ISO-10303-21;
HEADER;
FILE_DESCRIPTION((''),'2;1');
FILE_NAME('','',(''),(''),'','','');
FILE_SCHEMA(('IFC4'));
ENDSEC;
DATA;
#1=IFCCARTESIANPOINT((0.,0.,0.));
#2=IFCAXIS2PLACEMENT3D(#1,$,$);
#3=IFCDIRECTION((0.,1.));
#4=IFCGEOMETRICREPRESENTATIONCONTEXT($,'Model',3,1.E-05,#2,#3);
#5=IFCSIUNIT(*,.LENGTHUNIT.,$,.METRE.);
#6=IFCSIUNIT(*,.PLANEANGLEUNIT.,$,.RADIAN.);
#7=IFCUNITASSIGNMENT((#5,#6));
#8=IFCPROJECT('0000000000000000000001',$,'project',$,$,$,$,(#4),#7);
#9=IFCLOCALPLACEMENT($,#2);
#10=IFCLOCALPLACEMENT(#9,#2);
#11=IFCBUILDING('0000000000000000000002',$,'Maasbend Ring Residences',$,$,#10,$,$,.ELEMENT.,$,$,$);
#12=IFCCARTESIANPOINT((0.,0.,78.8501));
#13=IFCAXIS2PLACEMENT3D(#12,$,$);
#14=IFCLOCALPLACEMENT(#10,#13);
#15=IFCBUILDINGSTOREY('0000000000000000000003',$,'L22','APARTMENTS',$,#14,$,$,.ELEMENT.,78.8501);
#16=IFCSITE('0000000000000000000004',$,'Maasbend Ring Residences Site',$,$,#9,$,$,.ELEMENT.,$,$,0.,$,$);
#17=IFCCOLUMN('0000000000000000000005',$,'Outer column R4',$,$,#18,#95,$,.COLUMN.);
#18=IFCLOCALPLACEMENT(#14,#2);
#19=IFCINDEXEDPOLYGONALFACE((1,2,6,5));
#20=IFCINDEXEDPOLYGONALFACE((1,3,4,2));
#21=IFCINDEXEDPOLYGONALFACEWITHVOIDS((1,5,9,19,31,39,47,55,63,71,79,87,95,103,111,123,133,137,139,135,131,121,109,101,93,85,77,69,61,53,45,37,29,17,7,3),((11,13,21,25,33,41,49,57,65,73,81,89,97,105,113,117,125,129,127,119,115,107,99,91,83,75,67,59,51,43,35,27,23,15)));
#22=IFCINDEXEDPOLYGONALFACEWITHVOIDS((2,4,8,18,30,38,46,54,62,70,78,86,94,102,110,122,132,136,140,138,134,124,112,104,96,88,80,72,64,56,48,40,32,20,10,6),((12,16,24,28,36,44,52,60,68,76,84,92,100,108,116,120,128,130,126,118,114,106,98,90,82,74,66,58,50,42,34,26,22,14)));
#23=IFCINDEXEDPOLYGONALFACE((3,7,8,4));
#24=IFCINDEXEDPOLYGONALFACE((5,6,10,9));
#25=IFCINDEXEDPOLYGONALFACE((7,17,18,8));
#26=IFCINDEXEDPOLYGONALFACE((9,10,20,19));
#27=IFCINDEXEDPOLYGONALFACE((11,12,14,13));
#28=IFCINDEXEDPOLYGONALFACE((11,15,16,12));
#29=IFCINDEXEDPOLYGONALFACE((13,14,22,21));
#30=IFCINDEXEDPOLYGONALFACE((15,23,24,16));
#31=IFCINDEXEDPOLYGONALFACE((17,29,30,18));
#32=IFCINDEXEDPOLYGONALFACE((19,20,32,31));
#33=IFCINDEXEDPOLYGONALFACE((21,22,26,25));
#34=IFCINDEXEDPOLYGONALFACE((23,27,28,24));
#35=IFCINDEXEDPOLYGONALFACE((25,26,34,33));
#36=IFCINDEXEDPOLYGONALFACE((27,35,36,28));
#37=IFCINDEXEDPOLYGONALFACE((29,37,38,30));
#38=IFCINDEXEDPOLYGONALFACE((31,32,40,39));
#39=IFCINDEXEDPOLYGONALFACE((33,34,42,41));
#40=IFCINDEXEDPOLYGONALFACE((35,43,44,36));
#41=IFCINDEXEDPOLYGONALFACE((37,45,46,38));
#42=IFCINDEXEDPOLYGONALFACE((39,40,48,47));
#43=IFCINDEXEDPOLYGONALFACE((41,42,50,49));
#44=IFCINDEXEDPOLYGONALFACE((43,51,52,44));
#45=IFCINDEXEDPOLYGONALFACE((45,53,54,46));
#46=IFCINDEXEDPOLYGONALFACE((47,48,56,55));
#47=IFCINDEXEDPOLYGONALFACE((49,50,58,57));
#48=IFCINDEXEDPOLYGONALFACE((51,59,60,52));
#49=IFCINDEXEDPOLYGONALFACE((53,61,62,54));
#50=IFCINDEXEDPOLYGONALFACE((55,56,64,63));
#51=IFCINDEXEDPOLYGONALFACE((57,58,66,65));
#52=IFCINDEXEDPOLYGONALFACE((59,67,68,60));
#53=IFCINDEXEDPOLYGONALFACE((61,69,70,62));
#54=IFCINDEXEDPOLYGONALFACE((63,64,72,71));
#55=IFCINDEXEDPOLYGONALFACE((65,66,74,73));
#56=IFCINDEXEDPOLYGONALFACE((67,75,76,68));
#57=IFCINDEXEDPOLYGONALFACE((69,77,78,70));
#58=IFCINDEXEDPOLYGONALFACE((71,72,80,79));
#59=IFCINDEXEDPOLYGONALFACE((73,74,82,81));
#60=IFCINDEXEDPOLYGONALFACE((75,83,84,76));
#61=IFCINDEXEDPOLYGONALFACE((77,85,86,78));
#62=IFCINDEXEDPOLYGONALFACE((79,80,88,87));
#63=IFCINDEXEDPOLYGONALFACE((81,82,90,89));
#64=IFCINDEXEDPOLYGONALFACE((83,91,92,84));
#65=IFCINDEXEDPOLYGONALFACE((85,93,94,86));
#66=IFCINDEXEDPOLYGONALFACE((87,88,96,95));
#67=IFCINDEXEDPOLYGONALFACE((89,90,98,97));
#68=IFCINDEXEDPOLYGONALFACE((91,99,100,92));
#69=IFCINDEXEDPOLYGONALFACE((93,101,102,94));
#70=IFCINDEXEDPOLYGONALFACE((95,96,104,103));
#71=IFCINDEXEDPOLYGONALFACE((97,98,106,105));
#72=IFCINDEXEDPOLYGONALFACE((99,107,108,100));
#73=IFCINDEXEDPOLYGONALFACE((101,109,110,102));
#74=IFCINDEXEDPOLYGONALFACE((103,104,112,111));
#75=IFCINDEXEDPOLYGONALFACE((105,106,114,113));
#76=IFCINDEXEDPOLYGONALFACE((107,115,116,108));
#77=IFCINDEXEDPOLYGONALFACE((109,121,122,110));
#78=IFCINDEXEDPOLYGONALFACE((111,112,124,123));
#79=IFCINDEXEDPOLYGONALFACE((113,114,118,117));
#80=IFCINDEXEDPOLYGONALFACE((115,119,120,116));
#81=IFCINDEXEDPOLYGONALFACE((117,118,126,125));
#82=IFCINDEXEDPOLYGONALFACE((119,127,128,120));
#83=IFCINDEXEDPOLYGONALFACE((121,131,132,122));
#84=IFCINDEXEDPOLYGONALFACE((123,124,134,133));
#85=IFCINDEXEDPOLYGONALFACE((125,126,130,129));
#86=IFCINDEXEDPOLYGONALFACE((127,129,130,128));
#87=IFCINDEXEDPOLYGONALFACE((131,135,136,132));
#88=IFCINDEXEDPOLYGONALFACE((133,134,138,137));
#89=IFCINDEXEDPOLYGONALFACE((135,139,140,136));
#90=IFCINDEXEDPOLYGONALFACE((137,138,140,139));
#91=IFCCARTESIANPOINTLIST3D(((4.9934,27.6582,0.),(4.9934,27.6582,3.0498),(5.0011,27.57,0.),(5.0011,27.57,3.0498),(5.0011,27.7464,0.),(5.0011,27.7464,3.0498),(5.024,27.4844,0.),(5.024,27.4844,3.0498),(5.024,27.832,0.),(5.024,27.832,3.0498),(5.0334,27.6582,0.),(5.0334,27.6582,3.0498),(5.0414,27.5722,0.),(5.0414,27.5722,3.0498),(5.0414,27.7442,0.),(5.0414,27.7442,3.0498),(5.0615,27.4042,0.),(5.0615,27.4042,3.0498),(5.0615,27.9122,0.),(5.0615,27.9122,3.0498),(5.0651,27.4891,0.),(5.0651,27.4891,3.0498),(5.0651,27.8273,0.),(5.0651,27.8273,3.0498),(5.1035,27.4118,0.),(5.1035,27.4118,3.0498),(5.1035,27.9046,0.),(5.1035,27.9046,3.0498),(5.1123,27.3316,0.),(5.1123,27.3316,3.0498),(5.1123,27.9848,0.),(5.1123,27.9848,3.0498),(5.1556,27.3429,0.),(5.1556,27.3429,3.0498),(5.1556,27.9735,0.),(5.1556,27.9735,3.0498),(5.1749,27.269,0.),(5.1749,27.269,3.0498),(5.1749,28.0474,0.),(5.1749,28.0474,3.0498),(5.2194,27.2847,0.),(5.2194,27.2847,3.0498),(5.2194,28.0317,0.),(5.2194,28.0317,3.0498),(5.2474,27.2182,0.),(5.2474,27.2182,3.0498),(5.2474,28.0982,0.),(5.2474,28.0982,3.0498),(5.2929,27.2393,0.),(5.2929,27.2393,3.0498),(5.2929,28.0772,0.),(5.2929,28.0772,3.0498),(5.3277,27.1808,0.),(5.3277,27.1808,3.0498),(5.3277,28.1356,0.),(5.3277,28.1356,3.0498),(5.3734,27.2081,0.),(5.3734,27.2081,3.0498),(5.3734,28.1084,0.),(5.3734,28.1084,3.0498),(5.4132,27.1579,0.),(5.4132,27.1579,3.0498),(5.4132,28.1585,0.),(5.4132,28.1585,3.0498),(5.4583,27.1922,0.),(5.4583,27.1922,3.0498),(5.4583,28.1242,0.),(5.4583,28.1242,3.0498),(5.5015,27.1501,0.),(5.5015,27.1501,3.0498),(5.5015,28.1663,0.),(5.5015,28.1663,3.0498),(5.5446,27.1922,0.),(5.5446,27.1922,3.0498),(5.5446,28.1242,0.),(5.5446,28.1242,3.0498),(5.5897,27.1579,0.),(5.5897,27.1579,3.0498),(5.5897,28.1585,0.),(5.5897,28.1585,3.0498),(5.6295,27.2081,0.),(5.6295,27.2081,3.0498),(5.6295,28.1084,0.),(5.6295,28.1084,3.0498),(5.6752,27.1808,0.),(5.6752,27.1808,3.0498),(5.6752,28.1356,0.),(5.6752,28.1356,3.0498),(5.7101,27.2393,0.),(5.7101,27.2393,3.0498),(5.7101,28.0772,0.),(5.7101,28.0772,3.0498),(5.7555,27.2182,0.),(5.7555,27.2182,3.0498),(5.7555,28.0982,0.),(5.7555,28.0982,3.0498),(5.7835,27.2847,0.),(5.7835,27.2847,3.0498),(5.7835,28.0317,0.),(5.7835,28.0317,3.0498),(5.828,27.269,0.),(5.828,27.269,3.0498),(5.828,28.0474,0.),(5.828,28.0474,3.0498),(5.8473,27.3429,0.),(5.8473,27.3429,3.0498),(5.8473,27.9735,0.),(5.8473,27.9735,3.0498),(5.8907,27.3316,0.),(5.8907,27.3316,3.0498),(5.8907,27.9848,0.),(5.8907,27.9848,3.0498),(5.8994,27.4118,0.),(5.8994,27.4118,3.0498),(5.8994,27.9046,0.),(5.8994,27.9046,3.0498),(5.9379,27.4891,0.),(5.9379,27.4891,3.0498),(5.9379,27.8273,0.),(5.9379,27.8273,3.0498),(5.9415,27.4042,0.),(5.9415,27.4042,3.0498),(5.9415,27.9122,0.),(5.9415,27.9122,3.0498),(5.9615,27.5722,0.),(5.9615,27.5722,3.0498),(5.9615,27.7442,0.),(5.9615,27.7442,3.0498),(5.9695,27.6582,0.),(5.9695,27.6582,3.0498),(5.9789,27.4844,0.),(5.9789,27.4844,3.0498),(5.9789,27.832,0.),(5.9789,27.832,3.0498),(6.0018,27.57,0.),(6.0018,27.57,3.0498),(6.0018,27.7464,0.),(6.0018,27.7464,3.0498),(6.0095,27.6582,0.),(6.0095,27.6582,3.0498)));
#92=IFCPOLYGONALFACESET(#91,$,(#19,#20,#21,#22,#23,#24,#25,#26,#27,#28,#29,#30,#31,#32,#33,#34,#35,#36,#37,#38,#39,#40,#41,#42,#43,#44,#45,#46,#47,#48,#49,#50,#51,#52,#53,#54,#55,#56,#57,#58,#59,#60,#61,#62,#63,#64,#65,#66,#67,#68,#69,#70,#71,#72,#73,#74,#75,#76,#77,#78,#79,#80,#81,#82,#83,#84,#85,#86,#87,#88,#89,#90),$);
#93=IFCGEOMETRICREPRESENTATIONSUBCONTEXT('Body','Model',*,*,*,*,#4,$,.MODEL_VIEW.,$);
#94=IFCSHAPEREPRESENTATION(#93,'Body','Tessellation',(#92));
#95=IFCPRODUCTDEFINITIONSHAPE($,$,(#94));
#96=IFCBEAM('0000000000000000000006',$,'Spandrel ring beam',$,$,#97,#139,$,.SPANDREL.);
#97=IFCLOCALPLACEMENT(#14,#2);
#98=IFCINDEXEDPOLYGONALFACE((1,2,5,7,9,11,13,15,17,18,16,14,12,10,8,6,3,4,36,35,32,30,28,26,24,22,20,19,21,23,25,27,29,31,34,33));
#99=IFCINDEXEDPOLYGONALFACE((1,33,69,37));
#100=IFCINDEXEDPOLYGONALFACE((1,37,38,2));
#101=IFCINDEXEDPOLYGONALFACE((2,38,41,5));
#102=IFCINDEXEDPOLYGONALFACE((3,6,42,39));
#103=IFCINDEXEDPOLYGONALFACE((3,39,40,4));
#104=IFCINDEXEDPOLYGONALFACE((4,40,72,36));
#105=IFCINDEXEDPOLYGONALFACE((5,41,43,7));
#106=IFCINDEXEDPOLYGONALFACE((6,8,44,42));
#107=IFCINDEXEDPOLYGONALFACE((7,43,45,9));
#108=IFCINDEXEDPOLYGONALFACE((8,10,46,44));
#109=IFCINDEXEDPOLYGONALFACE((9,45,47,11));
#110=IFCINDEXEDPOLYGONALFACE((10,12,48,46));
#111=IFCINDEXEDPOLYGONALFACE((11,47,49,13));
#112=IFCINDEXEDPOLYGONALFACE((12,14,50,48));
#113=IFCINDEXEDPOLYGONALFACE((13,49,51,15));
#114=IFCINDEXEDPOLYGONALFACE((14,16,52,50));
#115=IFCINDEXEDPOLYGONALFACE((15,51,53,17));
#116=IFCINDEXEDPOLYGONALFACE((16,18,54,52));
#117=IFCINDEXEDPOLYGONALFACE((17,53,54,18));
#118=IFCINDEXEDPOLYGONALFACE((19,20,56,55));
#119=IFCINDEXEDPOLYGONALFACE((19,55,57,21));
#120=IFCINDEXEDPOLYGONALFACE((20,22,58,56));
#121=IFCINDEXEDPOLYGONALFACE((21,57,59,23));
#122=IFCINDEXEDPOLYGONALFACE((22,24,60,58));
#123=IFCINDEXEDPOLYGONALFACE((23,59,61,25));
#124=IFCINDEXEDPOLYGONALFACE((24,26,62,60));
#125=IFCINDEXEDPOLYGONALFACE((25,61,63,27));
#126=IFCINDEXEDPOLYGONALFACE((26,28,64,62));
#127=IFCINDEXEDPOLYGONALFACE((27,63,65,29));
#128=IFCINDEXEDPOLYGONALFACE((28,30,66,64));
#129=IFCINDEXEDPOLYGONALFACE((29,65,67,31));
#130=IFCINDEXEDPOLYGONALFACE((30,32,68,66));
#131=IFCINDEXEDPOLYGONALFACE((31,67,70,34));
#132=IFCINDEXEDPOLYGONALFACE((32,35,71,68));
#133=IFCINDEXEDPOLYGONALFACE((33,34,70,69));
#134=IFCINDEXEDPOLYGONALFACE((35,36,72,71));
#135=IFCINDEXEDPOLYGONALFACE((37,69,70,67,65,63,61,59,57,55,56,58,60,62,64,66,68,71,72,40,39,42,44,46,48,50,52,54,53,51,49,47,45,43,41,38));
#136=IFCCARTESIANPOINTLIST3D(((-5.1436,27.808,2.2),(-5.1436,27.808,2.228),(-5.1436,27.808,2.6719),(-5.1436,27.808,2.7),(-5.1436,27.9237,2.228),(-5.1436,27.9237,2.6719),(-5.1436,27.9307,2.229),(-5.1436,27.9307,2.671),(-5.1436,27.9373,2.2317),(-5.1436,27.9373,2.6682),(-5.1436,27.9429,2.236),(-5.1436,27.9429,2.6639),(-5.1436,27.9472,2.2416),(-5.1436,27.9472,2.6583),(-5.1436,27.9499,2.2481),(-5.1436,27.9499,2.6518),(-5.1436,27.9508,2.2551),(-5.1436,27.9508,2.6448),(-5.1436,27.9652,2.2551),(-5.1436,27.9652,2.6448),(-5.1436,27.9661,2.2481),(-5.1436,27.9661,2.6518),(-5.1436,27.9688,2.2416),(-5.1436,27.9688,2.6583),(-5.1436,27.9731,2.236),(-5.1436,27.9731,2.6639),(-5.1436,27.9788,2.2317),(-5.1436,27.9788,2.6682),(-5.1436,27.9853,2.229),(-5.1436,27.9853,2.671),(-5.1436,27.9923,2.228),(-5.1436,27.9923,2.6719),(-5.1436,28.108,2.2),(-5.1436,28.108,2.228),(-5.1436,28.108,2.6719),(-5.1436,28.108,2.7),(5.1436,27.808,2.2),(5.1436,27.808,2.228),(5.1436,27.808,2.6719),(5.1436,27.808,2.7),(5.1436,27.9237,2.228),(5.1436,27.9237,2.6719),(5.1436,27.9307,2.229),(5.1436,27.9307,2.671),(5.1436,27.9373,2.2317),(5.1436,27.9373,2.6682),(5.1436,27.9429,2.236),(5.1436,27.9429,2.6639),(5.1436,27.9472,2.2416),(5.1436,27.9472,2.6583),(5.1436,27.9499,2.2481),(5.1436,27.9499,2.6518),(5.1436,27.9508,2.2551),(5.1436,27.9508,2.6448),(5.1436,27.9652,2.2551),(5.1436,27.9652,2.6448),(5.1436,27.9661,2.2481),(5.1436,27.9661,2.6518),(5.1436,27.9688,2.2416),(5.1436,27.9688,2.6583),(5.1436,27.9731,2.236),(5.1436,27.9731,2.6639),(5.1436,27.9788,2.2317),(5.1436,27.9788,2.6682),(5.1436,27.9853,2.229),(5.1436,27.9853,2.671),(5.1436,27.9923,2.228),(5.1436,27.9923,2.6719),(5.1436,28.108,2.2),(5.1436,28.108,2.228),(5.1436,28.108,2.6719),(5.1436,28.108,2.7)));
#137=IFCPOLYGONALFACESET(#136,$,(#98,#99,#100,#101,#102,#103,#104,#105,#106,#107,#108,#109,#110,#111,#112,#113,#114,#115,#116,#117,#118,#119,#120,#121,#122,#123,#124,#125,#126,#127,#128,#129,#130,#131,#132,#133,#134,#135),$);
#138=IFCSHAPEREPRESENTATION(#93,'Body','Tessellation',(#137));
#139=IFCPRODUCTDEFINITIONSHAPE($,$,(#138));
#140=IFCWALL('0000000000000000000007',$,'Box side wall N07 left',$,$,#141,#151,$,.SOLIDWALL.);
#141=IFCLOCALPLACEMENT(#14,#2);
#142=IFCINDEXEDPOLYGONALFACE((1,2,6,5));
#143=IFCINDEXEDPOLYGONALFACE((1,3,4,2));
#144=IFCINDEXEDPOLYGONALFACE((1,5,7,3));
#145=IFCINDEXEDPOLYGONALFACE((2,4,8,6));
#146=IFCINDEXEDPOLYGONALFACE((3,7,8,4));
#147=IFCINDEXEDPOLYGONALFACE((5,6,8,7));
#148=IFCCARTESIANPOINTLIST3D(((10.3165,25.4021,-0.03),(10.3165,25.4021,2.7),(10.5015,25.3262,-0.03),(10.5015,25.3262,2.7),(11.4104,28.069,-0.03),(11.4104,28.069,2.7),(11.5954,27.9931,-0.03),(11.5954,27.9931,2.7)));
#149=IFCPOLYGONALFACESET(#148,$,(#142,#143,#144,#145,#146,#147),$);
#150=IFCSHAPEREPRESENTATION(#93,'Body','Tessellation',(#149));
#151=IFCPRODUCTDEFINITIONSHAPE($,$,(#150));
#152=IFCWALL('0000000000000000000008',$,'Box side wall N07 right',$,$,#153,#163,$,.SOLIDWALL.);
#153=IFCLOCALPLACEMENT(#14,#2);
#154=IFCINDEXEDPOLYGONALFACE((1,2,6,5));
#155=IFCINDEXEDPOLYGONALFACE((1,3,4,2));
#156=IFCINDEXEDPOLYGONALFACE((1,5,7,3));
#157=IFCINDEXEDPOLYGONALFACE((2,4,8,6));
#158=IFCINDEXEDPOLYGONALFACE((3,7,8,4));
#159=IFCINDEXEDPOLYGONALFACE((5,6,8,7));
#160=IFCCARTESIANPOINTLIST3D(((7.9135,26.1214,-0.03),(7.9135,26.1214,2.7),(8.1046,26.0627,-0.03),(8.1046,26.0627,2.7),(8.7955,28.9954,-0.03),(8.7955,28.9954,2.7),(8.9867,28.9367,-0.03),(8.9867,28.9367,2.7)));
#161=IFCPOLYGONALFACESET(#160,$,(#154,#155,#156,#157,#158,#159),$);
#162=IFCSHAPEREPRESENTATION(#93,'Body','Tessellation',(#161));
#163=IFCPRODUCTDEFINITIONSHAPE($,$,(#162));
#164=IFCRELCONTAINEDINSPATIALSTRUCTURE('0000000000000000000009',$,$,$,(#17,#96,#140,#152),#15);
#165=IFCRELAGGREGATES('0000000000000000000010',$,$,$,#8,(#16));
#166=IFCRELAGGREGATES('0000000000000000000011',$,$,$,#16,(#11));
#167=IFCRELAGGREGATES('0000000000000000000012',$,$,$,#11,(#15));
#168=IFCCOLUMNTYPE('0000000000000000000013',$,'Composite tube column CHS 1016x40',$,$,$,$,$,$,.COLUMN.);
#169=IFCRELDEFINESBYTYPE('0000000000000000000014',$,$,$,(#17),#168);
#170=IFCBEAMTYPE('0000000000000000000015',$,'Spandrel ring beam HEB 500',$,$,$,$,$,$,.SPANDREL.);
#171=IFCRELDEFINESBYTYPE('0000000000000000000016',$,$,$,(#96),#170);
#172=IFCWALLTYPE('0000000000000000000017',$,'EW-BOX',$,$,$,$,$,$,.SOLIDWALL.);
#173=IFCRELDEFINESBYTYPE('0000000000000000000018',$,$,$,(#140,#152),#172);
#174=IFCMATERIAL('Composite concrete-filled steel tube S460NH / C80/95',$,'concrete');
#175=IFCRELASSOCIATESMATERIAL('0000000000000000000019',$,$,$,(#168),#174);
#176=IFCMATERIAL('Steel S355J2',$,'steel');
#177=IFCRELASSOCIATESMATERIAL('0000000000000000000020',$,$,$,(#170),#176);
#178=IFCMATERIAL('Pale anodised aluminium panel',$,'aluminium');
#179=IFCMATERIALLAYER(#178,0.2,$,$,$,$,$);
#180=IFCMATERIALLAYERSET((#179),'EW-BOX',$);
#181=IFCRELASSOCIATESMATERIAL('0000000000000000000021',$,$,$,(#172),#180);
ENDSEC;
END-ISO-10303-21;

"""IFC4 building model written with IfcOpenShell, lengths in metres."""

from ifc_helpers import new_model, si_unit, direction, frame, frame_2d, origin, origin_2d, place, context, subcontext, project, spatial, rectangle, hollow_circle, i_section, extrude, material, layer, layer_set, material_profile, profile_set, type_object, element, save


model = new_model("IFC4")

# Units and contexts
model_context = context("Model", 3, precision=1e-05, world=origin(), true_north=direction((0.0, 1.0)))
body_context = subcontext(model_context, "Body", "Model", "MODEL_VIEW")
ifc_project = project(units=[si_unit("LENGTHUNIT", "METRE"), si_unit("PLANEANGLEUNIT", "RADIAN")], contexts=[model_context])

# Site, building, storey
site_placement = place(None, origin())
site = spatial("IfcSite", under=ifc_project, at=site_placement, Name="Maasbend Ring Residences Site", CompositionType="ELEMENT", RefElevation=0.0)
building_placement = place(site_placement, origin())
building = spatial("IfcBuilding", under=site, at=building_placement, Name="Maasbend Ring Residences", CompositionType="ELEMENT")
storey_placement = place(building_placement, frame((0.0, 0.0, 78.8501)))
storey = spatial("IfcBuildingStorey", under=building, at=storey_placement, Name="L22", Description="APARTMENTS", CompositionType="ELEMENT", Elevation=78.8501)

# Column
ifc_material_1 = material(Name="Composite concrete-filled steel tube S460NH / C80/95", Category="concrete")
ifc_material_profile_1 = material_profile(ifc_material_1, hollow_circle(Radius=0.5081, WallThickness=0.04, at=origin_2d()), Name="Composite tube column CHS 1016x40")
ifc_profile_set_1 = profile_set([ifc_material_profile_1], Name="Composite concrete-filled steel tube S460NH / C80/95")
column_type = type_object("IfcColumnType", Name="Composite tube column CHS 1016x40", PredefinedType="COLUMN", material=ifc_profile_set_1)
column_placement = place(storey_placement, frame((5.5015, 27.6582, 0.0), z_axis=(0.0, 0.0, 1.0), x_axis=(1.0, 0.0, 0.0)))
element("IfcColumn", 1, at=column_placement, inside=storey, type_object=column_type, Name="Outer column R4", PredefinedType="COLUMN", context=body_context, shape_type="SweptSolid", body=[
    extrude(hollow_circle(Radius=0.5081, WallThickness=0.04, at=origin_2d()), origin(), (0.0, 0.0, 1.0), 3.0498),
])

# Beam
ifc_material_2 = material(Name="Steel S355J2", Category="steel")
ifc_material_profile_2 = material_profile(ifc_material_2, i_section(OverallWidth=0.3, OverallDepth=0.5, WebThickness=0.0144, FlangeThickness=0.0281, FilletRadius=0.0271, at=origin_2d()), Name="HEB 500")
ifc_profile_set_2 = profile_set([ifc_material_profile_2], Name="Steel S355J2")
beam_type = type_object("IfcBeamType", Name="Spandrel ring beam HEB 500", PredefinedType="SPANDREL", material=ifc_profile_set_2)
beam_placement = place(storey_placement, frame((5.1436, 27.958, 2.45), z_axis=(-1.0, 0.0, 0.0), x_axis=(0.0, -1.0, 0.0)))
element("IfcBeam", 2, at=beam_placement, inside=storey, type_object=beam_type, Name="Spandrel ring beam", PredefinedType="SPANDREL", context=body_context, shape_type="SweptSolid", body=[
    extrude(i_section(OverallWidth=0.3, OverallDepth=0.5, WebThickness=0.0144, FlangeThickness=0.0281, FilletRadius=0.0271, at=origin_2d()), origin(), (0.0, 0.0, 1.0), 10.2871),
])

# Walls
ifc_material_3 = material(Name="Pale anodised aluminium panel", Category="aluminium")
ifc_layer_1 = layer(ifc_material_3, 0.2)
ifc_layer_set_1 = layer_set([ifc_layer_1], Name="EW-BOX")
wall_type_1 = type_object("IfcWallType", Name="EW-BOX", PredefinedType="SOLIDWALL", material=ifc_layer_set_1)
wall_1_placement = place(storey_placement, frame((10.4089, 25.364, -0.03), z_axis=(0.0, 0.0, 1.0), x_axis=(0.37951, 0.925188, 0.0)))
element("IfcWall", 3, at=wall_1_placement, inside=storey, type_object=wall_type_1, Name="Box side wall N07 left", PredefinedType="SOLIDWALL", context=body_context, shape_type="SweptSolid", body=[
    extrude(rectangle(XDim=2.8826, YDim=0.2, at=frame_2d((1.4414, 0.0))), origin(), (0.0, 0.0, 1.0), 2.73),
])
wall_2_placement = place(storey_placement, frame((8.009, 26.092, -0.03), z_axis=(0.0, 0.0, 1.0), x_axis=(0.293407, 0.955988, 0.0)))
element("IfcWall", 4, at=wall_2_placement, inside=storey, type_object=wall_type_1, Name="Box side wall N07 right", PredefinedType="SOLIDWALL", context=body_context, shape_type="SweptSolid", body=[
    extrude(rectangle(XDim=3.0063, YDim=0.2, at=frame_2d((1.5032, 0.0))), origin(), (0.0, 0.0, 1.0), 2.73),
])

save(model, "model.ifc")
